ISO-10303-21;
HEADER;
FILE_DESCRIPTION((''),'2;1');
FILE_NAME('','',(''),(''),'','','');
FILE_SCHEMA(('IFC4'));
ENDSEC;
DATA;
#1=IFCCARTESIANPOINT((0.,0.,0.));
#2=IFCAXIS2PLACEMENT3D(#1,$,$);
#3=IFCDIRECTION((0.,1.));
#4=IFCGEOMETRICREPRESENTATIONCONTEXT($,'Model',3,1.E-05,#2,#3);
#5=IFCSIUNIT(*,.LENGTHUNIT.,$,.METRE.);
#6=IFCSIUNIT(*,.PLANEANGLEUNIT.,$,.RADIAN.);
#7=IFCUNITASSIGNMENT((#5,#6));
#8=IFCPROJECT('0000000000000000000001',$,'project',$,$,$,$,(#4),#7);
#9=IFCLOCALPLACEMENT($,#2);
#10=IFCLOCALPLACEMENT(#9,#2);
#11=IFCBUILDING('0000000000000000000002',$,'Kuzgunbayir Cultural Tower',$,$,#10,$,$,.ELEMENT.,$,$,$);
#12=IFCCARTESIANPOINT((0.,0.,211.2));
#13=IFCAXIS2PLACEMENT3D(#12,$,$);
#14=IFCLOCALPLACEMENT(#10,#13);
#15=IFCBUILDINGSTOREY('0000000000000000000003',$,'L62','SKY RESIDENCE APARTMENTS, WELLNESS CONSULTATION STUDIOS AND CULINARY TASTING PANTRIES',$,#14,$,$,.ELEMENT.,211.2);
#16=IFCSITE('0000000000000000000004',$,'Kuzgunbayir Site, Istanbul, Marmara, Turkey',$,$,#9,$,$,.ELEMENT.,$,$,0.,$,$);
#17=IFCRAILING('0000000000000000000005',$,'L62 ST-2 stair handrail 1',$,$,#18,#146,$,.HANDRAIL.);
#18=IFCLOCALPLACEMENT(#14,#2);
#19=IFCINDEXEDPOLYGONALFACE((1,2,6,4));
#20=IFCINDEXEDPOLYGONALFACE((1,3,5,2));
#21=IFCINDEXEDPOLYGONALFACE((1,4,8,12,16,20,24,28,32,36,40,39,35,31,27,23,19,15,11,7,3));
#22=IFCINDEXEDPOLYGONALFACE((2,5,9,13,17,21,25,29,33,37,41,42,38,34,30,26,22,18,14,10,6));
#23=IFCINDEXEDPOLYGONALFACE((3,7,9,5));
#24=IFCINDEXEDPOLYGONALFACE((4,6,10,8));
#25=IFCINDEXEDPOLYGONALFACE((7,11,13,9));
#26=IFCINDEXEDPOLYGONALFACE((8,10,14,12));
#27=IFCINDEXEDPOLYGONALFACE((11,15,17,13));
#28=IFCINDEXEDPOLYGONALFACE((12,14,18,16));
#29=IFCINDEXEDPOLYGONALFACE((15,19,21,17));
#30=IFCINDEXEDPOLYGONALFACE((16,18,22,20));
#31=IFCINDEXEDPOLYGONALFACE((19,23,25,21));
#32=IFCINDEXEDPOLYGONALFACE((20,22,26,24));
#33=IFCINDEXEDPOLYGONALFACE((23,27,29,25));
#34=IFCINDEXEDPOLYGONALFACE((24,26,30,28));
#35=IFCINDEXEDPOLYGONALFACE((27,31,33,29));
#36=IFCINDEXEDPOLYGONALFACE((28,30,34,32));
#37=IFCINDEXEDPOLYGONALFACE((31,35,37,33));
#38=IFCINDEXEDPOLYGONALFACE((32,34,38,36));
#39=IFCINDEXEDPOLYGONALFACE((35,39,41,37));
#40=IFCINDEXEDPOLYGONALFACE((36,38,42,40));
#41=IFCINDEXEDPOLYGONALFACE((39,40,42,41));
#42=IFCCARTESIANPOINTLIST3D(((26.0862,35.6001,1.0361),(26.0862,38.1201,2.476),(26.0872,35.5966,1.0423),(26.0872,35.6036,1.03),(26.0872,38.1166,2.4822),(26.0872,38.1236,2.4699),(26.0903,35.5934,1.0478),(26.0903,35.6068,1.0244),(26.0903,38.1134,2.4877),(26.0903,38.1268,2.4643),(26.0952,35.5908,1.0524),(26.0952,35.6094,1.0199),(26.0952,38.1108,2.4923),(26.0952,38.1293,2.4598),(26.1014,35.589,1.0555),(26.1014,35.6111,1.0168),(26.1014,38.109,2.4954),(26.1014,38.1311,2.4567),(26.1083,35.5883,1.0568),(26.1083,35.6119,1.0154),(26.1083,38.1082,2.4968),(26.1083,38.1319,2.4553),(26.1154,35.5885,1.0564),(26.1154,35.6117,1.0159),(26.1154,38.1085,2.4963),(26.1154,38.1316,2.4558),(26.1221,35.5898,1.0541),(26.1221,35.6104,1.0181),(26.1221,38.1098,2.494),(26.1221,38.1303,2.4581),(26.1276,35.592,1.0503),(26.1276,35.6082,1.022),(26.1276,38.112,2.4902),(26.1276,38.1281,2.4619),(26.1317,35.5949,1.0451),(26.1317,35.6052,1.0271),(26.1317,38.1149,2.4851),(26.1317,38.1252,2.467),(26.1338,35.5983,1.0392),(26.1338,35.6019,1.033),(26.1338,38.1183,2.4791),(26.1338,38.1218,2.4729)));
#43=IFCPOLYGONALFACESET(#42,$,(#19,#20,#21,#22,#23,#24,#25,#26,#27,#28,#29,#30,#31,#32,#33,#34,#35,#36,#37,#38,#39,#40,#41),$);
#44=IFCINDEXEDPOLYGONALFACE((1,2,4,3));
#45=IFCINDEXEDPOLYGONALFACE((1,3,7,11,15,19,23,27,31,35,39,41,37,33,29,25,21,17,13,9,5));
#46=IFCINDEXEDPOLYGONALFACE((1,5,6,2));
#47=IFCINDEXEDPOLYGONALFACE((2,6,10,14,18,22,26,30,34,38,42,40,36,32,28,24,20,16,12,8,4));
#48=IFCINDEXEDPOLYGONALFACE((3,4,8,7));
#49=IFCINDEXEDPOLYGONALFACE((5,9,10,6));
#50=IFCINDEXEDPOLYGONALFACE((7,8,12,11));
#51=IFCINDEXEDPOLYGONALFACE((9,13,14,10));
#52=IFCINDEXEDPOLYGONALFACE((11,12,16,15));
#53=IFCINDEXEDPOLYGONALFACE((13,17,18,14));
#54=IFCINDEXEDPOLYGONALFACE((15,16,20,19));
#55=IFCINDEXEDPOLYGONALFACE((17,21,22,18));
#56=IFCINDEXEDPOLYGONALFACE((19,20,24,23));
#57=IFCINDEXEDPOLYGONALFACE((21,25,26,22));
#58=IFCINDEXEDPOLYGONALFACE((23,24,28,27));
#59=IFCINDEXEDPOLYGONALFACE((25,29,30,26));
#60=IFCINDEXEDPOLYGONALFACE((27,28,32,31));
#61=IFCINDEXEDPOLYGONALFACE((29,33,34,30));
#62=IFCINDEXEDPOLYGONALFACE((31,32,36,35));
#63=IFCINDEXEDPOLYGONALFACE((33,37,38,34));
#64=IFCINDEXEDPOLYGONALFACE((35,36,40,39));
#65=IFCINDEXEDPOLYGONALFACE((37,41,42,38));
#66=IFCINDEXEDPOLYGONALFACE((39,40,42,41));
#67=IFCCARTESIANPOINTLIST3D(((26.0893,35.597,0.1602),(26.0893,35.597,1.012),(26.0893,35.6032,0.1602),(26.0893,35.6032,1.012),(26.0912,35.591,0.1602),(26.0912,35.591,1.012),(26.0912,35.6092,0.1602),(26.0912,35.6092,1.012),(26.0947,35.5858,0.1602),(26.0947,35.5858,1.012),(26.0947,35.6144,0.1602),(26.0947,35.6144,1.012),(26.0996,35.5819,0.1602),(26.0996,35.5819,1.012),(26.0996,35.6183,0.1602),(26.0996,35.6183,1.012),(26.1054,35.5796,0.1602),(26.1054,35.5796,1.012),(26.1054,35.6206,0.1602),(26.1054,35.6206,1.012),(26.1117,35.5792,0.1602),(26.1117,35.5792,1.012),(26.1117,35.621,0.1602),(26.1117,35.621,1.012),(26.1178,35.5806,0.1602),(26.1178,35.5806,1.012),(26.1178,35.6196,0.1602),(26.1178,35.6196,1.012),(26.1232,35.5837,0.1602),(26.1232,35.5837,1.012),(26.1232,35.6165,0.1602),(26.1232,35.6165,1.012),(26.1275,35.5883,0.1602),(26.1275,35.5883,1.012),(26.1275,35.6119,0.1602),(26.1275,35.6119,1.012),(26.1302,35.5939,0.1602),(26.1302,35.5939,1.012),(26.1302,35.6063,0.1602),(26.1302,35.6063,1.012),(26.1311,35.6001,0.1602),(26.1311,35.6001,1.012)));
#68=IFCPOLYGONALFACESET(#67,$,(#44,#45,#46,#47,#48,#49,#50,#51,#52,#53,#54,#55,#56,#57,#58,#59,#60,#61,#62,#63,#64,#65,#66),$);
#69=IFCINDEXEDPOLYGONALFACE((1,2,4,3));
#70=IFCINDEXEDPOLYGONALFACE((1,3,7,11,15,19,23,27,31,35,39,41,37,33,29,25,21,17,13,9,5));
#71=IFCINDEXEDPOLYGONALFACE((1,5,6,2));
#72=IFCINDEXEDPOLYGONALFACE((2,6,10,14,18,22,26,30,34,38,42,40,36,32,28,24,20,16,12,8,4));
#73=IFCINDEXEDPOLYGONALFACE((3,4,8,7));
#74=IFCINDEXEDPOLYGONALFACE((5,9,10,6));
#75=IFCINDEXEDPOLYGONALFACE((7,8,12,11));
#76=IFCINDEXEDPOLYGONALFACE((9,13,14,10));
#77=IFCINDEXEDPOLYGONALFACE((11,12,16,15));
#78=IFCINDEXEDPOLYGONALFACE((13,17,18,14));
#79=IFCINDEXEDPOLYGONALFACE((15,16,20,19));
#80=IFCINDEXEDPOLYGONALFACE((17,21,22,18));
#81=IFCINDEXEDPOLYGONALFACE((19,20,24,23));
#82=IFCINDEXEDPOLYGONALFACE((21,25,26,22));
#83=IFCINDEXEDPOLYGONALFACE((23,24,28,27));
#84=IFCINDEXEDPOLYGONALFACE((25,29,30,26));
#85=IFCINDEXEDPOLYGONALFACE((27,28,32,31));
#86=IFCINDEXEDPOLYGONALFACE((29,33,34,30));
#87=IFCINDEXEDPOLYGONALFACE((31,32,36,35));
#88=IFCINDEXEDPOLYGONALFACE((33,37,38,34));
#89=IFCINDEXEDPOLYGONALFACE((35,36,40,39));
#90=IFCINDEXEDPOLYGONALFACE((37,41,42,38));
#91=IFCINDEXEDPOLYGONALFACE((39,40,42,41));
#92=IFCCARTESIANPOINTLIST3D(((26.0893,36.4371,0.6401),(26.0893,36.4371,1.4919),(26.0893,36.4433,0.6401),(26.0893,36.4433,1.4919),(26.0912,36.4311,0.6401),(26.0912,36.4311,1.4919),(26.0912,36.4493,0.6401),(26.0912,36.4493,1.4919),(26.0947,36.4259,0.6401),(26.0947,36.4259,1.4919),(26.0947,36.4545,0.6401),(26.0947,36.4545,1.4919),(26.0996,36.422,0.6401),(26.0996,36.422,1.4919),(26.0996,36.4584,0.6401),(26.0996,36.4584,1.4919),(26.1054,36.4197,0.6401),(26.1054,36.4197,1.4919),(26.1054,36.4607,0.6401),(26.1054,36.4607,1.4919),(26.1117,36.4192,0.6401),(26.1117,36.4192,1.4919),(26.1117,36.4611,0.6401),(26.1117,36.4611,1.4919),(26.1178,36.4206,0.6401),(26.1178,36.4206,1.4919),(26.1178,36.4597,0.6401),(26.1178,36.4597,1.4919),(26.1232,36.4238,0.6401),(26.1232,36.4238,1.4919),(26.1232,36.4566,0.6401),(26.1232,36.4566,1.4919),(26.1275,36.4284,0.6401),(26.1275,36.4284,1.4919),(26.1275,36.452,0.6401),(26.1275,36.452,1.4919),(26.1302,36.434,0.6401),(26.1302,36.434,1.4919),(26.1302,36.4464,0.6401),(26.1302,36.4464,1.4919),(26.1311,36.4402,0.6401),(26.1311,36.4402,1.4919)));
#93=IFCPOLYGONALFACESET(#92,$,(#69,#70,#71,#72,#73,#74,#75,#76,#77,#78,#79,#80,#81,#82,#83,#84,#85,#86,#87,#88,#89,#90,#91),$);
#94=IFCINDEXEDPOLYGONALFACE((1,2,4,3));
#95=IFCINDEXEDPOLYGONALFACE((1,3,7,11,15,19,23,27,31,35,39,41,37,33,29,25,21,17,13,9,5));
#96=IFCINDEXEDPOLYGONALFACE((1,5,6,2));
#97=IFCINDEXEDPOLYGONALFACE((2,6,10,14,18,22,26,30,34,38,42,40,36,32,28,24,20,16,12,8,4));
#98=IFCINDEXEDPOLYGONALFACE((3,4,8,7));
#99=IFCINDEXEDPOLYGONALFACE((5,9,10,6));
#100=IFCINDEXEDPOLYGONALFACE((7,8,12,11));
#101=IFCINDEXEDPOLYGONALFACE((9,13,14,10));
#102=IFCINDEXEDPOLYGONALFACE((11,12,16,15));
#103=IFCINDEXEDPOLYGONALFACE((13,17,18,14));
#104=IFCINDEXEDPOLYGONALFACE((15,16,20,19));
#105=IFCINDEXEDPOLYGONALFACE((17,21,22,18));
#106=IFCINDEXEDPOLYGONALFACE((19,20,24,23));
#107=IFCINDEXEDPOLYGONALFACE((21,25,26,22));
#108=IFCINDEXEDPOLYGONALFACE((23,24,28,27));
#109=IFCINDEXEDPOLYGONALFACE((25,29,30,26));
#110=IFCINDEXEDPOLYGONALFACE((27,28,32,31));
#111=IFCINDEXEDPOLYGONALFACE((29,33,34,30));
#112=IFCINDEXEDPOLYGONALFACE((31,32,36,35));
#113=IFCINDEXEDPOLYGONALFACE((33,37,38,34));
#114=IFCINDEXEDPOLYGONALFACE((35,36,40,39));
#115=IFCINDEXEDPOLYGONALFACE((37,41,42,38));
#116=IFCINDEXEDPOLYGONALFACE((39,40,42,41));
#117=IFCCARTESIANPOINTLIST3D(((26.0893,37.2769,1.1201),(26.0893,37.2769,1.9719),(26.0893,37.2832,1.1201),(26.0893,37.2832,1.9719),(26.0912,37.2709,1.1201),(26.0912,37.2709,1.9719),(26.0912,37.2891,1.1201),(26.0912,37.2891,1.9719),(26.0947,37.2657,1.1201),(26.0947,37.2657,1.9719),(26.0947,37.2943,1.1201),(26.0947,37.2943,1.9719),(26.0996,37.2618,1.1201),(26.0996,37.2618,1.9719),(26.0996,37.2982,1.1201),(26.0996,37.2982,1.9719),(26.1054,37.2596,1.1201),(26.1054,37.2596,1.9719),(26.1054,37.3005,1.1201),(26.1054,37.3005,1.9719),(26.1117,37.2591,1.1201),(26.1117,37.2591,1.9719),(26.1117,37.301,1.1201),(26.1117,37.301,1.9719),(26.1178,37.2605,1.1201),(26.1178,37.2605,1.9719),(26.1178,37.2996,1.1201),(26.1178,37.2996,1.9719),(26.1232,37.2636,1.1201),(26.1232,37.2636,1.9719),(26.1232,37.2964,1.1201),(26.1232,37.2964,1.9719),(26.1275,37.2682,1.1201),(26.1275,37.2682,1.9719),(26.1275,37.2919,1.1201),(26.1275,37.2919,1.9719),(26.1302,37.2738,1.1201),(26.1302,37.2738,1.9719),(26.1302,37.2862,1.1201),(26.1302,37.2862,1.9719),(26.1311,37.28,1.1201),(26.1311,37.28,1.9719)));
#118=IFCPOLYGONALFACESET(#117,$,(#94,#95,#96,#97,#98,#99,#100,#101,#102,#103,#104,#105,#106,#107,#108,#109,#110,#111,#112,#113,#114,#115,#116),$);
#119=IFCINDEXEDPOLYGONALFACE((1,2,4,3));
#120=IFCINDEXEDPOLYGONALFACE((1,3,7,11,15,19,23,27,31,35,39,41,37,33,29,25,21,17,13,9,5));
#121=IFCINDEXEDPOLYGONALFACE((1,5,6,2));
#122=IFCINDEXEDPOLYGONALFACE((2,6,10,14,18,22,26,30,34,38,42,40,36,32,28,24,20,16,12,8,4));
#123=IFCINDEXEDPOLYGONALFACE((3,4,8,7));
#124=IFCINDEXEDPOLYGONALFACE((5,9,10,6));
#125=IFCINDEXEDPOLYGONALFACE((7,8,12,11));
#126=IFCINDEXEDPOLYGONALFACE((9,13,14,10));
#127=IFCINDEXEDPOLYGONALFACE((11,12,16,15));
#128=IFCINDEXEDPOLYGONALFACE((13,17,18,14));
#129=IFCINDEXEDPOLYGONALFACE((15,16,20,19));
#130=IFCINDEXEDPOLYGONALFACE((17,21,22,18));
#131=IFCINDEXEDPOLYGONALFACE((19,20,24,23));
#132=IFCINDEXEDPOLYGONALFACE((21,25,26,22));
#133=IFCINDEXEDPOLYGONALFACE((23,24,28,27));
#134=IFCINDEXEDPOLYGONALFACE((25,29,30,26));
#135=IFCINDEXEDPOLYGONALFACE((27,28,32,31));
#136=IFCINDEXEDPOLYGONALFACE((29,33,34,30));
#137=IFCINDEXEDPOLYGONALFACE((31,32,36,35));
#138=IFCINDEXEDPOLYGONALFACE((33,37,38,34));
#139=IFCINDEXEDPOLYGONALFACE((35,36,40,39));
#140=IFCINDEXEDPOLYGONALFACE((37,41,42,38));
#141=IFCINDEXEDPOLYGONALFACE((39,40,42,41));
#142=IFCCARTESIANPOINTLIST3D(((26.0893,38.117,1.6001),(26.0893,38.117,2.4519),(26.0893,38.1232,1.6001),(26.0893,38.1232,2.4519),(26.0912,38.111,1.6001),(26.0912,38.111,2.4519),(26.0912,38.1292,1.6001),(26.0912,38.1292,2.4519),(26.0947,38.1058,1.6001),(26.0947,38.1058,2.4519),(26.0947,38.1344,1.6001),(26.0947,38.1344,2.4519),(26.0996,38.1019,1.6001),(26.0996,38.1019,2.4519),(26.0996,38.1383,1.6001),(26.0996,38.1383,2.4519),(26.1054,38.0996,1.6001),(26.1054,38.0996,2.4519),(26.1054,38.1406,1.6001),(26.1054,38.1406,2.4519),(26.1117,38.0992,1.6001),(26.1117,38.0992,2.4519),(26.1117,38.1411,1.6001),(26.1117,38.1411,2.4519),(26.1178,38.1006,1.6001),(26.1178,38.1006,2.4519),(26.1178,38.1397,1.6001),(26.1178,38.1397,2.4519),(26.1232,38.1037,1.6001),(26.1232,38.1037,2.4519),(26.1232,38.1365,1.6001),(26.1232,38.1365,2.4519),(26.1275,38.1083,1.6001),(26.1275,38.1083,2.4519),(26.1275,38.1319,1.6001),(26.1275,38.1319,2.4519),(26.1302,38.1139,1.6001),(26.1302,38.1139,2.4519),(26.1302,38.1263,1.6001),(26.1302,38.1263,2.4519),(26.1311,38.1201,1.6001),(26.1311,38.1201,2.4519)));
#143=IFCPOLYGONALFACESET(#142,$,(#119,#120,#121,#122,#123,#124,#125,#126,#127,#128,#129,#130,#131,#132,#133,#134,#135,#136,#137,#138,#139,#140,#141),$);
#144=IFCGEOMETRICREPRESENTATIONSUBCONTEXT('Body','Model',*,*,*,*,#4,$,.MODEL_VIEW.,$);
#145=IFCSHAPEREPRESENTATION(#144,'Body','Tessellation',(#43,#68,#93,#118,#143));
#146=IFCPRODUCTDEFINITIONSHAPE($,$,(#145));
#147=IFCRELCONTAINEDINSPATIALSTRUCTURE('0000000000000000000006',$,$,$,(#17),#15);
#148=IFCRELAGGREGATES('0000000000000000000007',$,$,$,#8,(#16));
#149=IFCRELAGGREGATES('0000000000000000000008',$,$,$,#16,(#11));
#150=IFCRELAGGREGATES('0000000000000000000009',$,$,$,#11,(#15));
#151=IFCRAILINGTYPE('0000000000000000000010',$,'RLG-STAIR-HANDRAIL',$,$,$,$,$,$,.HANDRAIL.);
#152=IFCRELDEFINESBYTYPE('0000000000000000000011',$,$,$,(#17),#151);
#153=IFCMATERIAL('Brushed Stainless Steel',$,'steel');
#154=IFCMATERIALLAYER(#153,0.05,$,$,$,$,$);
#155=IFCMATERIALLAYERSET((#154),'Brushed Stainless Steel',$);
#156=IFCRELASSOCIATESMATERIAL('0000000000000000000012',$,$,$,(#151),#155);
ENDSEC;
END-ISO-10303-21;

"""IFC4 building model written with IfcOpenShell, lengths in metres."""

from ifc_helpers import new_model, si_unit, direction, frame, origin, origin_2d, place, context, subcontext, project, spatial, circle, extrude, material, layer, layer_set, type_object, element, save


model = new_model("IFC4")

# Units and contexts
model_context = context("Model", 3, precision=1e-05, world=origin(), true_north=direction((0.0, 1.0)))
body_context = subcontext(model_context, "Body", "Model", "MODEL_VIEW")
ifc_project = project(units=[si_unit("LENGTHUNIT", "METRE"), si_unit("PLANEANGLEUNIT", "RADIAN")], contexts=[model_context])

# Site, building, storey
site_placement = place(None, origin())
site = spatial("IfcSite", under=ifc_project, at=site_placement, Name="Kuzgunbayir Site, Istanbul, Marmara, Turkey", CompositionType="ELEMENT", RefElevation=0.0)
building_placement = place(site_placement, origin())
building = spatial("IfcBuilding", under=site, at=building_placement, Name="Kuzgunbayir Cultural Tower", CompositionType="ELEMENT")
storey_placement = place(building_placement, frame((0.0, 0.0, 211.2)))
storey = spatial("IfcBuildingStorey", under=building, at=storey_placement, Name="L62", Description="SKY RESIDENCE APARTMENTS, WELLNESS CONSULTATION STUDIOS AND CULINARY TASTING PANTRIES", CompositionType="ELEMENT", Elevation=211.2)

# Shared definitions
ifc_material_1 = material(Name="Brushed Stainless Steel", Category="steel")

# Railing
ifc_layer_1 = layer(ifc_material_1, 0.05)
ifc_layer_set_1 = layer_set([ifc_layer_1], Name="Brushed Stainless Steel")
railing_type_1 = type_object("IfcRailingType", Name="RLG-STAIR-HANDRAIL", PredefinedType="HANDRAIL", material=ifc_layer_set_1)
railing_1_placement = place(storey_placement, frame((26.1101, 35.6001, 0.1602)))
element("IfcRailing", 1, at=railing_1_placement, inside=storey, type_object=railing_type_1, Name="L62 ST-2 stair handrail 1", PredefinedType="HANDRAIL", context=body_context, shape_type="SweptSolid", body=[
    extrude(circle(Radius=0.0239, at=origin_2d()), frame((0.0, 0.0, 0.876), z_axis=(0.0, 0.868253, 0.496121), x_axis=(-1.0, 0.0, 0.0)), (0.0, 0.0, 1.0), 2.9023),
    extrude(circle(Radius=0.021, at=origin_2d()), origin(), (0.0, 0.0, 1.0), 0.8518),
    extrude(circle(Radius=0.021, at=origin_2d()), frame((0.0, 0.8401, 0.48)), (0.0, 0.0, 1.0), 0.8518),
    extrude(circle(Radius=0.021, at=origin_2d()), frame((0.0, 1.6799, 0.96)), (0.0, 0.0, 1.0), 0.8518),
    extrude(circle(Radius=0.021, at=origin_2d()), frame((0.0, 2.52, 1.4399)), (0.0, 0.0, 1.0), 0.8518),
])

save(model, "model.ifc")
